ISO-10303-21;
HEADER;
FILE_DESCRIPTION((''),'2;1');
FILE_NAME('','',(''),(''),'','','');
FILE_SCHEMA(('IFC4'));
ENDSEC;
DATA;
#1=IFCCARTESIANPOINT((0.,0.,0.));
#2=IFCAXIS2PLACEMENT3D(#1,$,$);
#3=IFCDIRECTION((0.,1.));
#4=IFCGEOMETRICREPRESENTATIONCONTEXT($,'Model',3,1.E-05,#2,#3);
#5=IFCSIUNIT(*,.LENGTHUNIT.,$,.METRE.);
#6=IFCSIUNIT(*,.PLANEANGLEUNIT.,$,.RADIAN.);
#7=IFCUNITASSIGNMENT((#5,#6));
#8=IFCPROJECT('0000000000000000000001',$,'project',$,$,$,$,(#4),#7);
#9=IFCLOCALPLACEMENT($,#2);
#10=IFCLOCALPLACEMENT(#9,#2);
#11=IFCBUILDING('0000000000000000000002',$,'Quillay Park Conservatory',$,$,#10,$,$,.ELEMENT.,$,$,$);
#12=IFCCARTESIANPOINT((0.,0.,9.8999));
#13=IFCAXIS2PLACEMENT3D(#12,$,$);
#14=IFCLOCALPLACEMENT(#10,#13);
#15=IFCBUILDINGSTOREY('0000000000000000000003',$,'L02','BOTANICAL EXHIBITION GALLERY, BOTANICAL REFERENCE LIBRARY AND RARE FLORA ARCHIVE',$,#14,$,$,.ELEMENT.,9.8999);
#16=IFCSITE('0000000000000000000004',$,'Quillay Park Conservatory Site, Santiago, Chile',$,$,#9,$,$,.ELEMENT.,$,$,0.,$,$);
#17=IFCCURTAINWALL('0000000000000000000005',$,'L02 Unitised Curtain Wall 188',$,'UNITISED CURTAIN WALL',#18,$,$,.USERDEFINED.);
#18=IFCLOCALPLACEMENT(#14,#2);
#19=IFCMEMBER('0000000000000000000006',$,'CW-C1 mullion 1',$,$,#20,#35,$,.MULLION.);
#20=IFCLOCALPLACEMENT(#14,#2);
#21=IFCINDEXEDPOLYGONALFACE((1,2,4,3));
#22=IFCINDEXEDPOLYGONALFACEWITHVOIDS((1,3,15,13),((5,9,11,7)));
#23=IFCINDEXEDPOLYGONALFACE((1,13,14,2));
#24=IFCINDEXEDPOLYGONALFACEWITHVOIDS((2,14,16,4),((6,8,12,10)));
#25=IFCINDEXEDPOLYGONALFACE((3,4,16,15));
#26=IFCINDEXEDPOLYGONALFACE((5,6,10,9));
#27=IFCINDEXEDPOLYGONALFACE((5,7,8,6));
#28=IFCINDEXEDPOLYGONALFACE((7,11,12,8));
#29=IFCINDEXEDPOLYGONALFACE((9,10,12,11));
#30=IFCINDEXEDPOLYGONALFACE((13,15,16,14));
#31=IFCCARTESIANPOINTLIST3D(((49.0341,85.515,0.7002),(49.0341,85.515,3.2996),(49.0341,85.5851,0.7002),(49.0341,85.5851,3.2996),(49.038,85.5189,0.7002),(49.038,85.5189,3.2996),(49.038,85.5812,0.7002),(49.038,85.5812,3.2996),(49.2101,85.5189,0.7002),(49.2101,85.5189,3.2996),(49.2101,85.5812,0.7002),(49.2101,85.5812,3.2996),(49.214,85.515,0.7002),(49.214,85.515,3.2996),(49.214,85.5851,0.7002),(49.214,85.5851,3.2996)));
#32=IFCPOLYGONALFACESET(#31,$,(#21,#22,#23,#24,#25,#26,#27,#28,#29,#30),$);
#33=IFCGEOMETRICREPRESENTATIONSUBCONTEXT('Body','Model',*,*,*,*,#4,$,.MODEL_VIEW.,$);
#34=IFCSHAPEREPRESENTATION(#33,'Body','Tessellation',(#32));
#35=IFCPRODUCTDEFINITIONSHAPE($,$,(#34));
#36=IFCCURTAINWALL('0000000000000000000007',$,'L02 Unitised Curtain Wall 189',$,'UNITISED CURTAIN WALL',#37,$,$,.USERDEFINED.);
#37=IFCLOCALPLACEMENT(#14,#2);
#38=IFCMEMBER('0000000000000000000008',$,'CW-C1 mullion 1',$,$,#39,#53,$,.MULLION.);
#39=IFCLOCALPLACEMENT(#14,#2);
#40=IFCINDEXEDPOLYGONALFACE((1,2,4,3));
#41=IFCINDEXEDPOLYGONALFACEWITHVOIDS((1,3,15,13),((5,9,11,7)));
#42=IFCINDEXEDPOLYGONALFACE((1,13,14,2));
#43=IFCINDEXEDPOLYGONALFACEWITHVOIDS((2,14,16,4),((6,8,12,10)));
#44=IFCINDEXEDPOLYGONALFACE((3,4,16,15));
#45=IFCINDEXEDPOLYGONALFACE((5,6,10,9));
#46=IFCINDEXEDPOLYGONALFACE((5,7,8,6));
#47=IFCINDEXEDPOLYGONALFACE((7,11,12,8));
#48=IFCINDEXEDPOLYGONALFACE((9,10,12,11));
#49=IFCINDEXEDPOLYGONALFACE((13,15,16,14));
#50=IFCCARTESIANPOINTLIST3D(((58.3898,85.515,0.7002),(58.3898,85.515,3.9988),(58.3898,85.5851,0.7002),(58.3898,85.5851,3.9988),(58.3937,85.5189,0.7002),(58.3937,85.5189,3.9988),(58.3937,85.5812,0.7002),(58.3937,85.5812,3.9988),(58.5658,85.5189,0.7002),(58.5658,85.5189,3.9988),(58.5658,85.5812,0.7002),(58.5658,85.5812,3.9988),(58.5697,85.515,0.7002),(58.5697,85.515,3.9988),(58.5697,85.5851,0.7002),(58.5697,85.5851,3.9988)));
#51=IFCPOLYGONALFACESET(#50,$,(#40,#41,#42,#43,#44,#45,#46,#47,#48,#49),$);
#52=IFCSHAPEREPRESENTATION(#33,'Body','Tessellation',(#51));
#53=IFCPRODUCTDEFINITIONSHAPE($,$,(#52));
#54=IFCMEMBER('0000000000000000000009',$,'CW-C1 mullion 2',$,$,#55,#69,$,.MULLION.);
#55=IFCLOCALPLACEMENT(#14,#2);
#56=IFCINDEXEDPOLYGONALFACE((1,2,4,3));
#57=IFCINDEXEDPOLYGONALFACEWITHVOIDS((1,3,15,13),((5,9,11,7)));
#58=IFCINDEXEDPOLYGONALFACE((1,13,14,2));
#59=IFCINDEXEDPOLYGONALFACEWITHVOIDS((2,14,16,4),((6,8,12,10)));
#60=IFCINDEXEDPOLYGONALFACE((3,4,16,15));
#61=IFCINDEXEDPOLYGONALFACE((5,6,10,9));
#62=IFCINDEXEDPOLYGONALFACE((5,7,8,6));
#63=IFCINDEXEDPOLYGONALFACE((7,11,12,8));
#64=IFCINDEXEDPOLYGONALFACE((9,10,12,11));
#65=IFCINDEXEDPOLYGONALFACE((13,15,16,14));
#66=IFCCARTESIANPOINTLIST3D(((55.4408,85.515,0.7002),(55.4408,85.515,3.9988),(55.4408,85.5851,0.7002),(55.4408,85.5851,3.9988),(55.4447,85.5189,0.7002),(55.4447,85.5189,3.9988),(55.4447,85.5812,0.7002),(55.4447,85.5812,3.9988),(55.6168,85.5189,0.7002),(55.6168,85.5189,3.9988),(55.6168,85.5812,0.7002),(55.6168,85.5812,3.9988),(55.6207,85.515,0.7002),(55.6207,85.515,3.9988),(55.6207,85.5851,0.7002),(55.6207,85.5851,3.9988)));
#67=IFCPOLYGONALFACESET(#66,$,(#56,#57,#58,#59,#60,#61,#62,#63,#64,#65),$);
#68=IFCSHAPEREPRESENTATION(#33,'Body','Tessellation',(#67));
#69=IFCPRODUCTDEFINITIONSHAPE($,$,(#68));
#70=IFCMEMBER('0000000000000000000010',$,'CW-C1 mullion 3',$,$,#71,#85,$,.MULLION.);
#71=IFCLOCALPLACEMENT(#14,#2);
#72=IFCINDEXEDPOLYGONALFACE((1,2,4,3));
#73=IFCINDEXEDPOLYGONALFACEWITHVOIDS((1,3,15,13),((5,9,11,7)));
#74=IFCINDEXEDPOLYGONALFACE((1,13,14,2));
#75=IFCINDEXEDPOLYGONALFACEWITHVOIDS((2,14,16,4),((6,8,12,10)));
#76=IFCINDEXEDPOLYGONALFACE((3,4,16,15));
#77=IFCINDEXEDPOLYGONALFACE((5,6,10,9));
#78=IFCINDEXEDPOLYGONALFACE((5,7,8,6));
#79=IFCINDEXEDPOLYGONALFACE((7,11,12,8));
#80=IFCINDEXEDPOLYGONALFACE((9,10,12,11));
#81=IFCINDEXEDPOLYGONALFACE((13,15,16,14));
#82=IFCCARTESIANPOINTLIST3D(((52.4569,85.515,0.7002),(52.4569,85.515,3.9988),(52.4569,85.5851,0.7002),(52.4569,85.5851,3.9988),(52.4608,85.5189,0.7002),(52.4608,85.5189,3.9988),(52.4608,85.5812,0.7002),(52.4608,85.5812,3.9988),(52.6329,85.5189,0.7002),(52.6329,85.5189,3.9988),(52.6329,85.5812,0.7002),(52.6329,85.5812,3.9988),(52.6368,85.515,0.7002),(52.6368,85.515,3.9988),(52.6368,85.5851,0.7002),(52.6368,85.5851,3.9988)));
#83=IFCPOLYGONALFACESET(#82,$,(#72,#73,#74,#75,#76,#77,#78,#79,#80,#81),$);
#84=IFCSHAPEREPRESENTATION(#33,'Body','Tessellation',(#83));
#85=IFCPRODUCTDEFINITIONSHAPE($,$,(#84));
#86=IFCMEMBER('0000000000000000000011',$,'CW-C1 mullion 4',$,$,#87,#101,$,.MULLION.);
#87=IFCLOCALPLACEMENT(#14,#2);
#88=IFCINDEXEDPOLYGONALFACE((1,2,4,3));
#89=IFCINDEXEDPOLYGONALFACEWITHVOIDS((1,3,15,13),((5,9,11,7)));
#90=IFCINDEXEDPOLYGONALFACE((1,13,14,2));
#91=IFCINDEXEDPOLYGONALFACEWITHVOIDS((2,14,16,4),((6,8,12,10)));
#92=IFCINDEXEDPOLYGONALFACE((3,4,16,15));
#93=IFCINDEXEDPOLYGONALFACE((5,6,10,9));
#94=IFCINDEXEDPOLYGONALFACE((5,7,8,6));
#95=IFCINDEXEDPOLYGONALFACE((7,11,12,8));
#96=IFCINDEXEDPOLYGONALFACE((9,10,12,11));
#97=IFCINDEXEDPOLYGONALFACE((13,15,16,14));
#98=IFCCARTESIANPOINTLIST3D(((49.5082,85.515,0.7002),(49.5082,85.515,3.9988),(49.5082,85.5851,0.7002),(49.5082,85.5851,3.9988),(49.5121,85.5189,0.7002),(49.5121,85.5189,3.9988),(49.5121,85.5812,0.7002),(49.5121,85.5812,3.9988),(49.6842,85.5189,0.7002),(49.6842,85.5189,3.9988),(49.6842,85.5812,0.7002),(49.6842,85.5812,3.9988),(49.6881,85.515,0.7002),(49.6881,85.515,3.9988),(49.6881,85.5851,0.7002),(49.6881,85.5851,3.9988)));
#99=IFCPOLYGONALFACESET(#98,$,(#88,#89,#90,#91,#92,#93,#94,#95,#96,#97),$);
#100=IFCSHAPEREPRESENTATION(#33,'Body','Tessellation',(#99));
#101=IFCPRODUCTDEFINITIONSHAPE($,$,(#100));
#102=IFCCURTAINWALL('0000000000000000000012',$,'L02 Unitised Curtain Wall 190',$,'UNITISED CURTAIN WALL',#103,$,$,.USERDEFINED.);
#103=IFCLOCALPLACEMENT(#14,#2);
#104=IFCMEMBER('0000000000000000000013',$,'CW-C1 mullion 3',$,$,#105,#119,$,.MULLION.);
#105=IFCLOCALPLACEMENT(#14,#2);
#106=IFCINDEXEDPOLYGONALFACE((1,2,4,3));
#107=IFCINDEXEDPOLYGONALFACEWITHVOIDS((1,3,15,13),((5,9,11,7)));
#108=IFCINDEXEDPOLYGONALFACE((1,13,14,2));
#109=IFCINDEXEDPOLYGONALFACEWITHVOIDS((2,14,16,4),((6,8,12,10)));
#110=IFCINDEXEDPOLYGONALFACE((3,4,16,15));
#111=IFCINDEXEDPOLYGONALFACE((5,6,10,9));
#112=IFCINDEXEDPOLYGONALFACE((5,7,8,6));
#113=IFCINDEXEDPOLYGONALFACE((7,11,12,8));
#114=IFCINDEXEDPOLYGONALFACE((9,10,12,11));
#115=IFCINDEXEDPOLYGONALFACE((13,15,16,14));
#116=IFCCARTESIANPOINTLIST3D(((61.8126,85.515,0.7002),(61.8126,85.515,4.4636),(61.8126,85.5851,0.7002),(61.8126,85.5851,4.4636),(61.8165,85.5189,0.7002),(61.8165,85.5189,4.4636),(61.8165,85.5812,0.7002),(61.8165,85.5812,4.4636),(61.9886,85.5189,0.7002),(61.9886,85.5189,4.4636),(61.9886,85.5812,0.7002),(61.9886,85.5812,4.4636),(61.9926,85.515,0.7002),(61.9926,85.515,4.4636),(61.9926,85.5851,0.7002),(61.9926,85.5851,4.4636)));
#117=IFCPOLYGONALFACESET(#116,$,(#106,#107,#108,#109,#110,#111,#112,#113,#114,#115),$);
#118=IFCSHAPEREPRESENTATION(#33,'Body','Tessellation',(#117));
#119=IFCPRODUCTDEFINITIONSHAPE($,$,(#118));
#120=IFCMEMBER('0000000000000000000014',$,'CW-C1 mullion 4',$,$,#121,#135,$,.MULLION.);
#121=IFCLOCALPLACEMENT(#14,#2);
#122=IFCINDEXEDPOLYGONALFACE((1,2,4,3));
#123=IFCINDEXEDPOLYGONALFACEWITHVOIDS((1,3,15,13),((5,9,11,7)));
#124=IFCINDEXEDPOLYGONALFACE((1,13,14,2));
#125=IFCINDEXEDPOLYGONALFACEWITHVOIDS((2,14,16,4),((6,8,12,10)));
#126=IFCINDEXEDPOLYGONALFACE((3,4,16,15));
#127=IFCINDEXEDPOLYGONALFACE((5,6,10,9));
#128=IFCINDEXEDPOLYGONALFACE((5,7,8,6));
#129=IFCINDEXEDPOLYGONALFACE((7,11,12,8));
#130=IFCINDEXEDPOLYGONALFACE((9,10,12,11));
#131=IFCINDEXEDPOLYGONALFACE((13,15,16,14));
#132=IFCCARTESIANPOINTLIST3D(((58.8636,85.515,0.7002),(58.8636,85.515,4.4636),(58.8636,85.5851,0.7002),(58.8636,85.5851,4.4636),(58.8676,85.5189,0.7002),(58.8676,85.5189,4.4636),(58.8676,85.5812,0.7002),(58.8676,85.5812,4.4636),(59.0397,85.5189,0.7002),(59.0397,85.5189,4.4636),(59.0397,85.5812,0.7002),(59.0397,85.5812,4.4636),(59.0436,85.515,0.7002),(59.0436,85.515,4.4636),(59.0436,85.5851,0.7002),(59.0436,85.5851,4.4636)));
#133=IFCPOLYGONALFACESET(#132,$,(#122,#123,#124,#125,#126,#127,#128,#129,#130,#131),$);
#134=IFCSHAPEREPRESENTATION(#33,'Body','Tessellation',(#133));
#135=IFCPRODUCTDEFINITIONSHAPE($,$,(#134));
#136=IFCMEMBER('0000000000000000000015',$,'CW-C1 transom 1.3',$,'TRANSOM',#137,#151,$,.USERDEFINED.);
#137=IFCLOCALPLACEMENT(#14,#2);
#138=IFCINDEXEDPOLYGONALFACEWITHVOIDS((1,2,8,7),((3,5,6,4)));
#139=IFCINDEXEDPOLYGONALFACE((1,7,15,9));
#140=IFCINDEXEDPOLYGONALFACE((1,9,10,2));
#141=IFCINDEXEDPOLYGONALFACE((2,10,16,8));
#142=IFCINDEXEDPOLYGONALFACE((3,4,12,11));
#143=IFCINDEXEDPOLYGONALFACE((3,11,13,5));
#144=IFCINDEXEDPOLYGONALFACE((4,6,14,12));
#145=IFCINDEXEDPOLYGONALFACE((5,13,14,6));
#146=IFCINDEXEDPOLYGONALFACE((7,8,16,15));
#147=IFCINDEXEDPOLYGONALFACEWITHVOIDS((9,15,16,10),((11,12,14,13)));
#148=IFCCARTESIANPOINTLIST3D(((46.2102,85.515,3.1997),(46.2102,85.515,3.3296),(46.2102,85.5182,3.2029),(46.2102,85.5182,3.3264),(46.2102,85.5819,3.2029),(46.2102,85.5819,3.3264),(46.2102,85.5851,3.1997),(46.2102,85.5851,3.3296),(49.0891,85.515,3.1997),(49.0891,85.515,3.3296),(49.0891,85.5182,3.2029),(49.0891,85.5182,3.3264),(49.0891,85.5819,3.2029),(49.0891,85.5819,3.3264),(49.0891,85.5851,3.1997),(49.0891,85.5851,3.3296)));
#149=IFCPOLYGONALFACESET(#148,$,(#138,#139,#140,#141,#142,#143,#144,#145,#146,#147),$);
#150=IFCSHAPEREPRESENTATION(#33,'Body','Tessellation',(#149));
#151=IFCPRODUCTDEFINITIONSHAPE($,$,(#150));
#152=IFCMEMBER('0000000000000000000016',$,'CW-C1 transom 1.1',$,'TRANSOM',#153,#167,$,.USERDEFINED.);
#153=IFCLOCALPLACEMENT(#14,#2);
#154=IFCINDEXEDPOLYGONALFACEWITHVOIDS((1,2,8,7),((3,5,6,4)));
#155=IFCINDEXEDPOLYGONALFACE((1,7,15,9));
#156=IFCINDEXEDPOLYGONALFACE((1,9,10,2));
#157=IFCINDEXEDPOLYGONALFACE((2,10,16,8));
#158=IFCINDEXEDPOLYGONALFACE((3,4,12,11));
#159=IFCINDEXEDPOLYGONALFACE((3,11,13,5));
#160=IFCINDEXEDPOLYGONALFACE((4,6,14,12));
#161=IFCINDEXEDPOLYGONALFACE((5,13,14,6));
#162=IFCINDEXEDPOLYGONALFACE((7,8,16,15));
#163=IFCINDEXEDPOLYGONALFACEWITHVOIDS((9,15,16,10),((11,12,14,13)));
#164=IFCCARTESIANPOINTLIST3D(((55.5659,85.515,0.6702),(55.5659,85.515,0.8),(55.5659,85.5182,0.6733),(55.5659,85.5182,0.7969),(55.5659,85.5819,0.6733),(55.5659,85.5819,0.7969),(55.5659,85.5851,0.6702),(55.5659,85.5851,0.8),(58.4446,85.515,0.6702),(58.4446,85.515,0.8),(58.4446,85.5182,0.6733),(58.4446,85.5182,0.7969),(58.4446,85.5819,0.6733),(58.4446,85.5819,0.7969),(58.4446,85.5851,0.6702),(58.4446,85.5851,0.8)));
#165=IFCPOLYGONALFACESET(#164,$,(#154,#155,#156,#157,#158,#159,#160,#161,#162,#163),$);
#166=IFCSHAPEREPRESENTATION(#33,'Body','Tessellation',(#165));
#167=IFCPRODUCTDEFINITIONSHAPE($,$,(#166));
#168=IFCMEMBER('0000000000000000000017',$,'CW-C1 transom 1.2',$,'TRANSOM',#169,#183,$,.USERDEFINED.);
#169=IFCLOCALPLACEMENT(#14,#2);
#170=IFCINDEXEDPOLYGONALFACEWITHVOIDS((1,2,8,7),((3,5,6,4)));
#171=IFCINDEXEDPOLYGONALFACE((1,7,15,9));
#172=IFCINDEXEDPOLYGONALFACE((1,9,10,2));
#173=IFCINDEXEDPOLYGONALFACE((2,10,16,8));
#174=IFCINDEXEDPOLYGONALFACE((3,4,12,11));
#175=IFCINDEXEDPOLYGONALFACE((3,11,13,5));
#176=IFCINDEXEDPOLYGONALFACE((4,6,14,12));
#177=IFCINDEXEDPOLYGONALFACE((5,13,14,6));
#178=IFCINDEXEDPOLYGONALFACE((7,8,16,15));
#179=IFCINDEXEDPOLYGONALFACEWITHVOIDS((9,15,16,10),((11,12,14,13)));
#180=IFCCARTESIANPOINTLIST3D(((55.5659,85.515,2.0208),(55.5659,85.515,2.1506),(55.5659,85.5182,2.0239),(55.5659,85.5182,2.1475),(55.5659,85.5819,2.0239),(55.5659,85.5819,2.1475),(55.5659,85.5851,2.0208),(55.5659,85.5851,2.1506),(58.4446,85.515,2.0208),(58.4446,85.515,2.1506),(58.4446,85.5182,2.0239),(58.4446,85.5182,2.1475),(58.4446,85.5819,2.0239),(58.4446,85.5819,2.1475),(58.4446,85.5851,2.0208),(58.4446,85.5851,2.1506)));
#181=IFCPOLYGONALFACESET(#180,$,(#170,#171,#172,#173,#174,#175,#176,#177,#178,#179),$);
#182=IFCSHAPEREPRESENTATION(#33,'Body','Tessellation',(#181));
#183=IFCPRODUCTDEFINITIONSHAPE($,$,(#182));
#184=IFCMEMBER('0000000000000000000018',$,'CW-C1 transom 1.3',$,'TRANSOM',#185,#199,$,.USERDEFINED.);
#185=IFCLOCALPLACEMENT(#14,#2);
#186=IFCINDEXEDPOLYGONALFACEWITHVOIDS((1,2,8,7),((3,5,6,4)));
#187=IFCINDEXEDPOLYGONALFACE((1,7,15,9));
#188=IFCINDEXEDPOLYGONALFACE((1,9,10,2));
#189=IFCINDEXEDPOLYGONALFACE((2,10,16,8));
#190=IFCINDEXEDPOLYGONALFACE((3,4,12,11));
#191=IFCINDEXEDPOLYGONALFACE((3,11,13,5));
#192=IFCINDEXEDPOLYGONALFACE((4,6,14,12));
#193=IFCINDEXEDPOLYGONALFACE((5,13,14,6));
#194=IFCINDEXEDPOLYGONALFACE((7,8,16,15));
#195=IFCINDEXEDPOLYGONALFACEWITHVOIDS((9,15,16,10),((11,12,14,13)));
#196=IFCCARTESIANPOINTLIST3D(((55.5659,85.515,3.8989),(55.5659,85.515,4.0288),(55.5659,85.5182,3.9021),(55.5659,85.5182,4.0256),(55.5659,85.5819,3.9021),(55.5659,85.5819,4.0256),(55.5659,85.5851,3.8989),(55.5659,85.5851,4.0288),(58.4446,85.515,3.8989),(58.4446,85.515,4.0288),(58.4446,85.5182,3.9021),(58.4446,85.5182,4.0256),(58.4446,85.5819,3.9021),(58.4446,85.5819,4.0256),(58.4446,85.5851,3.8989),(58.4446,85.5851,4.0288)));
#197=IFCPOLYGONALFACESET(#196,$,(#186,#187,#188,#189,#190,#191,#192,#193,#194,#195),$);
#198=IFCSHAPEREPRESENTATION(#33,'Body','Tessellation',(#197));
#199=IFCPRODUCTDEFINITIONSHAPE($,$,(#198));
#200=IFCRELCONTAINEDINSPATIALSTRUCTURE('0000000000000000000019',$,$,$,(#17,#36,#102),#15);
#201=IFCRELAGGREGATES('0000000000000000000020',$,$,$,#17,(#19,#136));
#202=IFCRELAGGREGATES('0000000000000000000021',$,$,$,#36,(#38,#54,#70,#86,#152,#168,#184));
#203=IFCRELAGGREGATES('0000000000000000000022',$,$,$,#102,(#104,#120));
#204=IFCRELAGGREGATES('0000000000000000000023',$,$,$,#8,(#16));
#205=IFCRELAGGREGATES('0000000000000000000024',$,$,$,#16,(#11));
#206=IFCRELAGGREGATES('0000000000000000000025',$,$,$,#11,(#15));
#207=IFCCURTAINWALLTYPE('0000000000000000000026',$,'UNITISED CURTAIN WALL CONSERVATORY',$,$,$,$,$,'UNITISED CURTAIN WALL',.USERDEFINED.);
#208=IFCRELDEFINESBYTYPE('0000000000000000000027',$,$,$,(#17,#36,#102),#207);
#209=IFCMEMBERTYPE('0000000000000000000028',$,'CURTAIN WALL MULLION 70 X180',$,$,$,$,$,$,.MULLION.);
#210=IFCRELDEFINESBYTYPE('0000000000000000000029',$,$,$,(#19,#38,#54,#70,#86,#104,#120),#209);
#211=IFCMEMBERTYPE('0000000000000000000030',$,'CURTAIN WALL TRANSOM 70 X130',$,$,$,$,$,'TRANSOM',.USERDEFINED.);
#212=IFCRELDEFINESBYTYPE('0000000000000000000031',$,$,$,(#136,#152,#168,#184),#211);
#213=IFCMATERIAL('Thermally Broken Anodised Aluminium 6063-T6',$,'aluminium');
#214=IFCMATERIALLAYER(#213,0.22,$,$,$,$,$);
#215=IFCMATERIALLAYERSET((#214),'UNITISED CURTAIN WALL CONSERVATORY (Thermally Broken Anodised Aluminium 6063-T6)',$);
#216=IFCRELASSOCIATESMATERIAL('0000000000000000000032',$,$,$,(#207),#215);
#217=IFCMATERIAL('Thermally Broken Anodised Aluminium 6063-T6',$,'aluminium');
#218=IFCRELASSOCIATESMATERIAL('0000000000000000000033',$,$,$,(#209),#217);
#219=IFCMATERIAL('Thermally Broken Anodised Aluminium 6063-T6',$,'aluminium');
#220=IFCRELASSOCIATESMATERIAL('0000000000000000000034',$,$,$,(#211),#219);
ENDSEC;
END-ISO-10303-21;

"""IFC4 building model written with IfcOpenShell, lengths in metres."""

from ifc_helpers import new_model, si_unit, direction, frame, origin, origin_2d, place, context, subcontext, project, spatial, hollow_rectangle, extrude, material, layer, layer_set, material_profile, profile_set, type_object, element, aggregate, save


model = new_model("IFC4")

# Units and contexts
model_context = context("Model", 3, precision=1e-05, world=origin(), true_north=direction((0.0, 1.0)))
body_context = subcontext(model_context, "Body", "Model", "MODEL_VIEW")
ifc_project = project(units=[si_unit("LENGTHUNIT", "METRE"), si_unit("PLANEANGLEUNIT", "RADIAN")], contexts=[model_context])

# Site, building, storey
site_placement = place(None, origin())
site = spatial("IfcSite", under=ifc_project, at=site_placement, Name="Quillay Park Conservatory Site, Santiago, Chile", CompositionType="ELEMENT", RefElevation=0.0)
building_placement = place(site_placement, origin())
building = spatial("IfcBuilding", under=site, at=building_placement, Name="Quillay Park Conservatory", CompositionType="ELEMENT")
storey_placement = place(building_placement, frame((0.0, 0.0, 9.8999)))
storey = spatial("IfcBuildingStorey", under=building, at=storey_placement, Name="L02", Description="BOTANICAL EXHIBITION GALLERY, BOTANICAL REFERENCE LIBRARY AND RARE FLORA ARCHIVE", CompositionType="ELEMENT", Elevation=9.8999)

# Curtain wall, member
ifc_material_1 = material(Name="Thermally Broken Anodised Aluminium 6063-T6", Category="aluminium")
ifc_layer_1 = layer(ifc_material_1, 0.22)
ifc_layer_set_1 = layer_set([ifc_layer_1], Name="UNITISED CURTAIN WALL CONSERVATORY (Thermally Broken Anodised Aluminium 6063-T6)")
curtain_wall_type = type_object("IfcCurtainWallType", Name="UNITISED CURTAIN WALL CONSERVATORY", ElementType="UNITISED CURTAIN WALL", PredefinedType="USERDEFINED", material=ifc_layer_set_1)
curtain_wall_1_placement = place(storey_placement, origin())
curtain_wall_1 = element("IfcCurtainWall", 1, at=curtain_wall_1_placement, inside=storey, type_object=curtain_wall_type, Name="L02 Unitised Curtain Wall 188", ObjectType="UNITISED CURTAIN WALL", PredefinedType="USERDEFINED")
ifc_material_2 = material(Name="Thermally Broken Anodised Aluminium 6063-T6", Category="aluminium")
ifc_material_profile_1 = material_profile(ifc_material_2, hollow_rectangle(XDim=0.0701, YDim=0.1799, WallThickness=0.0039, at=origin_2d()), Name="AL70x180x4")
ifc_profile_set_1 = profile_set([ifc_material_profile_1], Name="Thermally Broken Anodised Aluminium 6063-T6")
member_type_1 = type_object("IfcMemberType", Name="CURTAIN WALL MULLION 70 X180", PredefinedType="MULLION", material=ifc_profile_set_1)
member_1_placement = place(storey_placement, frame((49.124, 85.55, 0.7002), z_axis=(0.0, 0.0, 1.0), x_axis=(0.0, -1.0, 0.0)))
member_1 = element("IfcMember", 2, at=member_1_placement, type_object=member_type_1, Name="CW-C1 mullion 1", PredefinedType="MULLION", context=body_context, shape_type="SweptSolid", body=[
    extrude(hollow_rectangle(XDim=0.0701, YDim=0.1799, WallThickness=0.0039, at=origin_2d()), origin(), (0.0, 0.0, 1.0), 2.5994),
])

# Curtain walls, members
curtain_wall_2_placement = place(storey_placement, origin())
curtain_wall_2 = element("IfcCurtainWall", 3, at=curtain_wall_2_placement, inside=storey, type_object=curtain_wall_type, Name="L02 Unitised Curtain Wall 189", ObjectType="UNITISED CURTAIN WALL", PredefinedType="USERDEFINED")
member_2_placement = place(storey_placement, frame((58.4797, 85.55, 0.7002), z_axis=(0.0, 0.0, 1.0), x_axis=(0.0, -1.0, 0.0)))
member_2 = element("IfcMember", 4, at=member_2_placement, type_object=member_type_1, Name="CW-C1 mullion 1", PredefinedType="MULLION", context=body_context, shape_type="SweptSolid", body=[
    extrude(hollow_rectangle(XDim=0.0701, YDim=0.1799, WallThickness=0.0039, at=origin_2d()), origin(), (0.0, 0.0, 1.0), 3.2986),
])
member_3_placement = place(storey_placement, frame((55.5308, 85.55, 0.7002), z_axis=(0.0, 0.0, 1.0), x_axis=(0.0, -1.0, 0.0)))
member_3 = element("IfcMember", 5, at=member_3_placement, type_object=member_type_1, Name="CW-C1 mullion 2", PredefinedType="MULLION", context=body_context, shape_type="SweptSolid", body=[
    extrude(hollow_rectangle(XDim=0.0701, YDim=0.1799, WallThickness=0.0039, at=origin_2d()), origin(), (0.0, 0.0, 1.0), 3.2986),
])
member_4_placement = place(storey_placement, frame((52.5469, 85.55, 0.7002), z_axis=(0.0, 0.0, 1.0), x_axis=(0.0, -1.0, 0.0)))
member_4 = element("IfcMember", 6, at=member_4_placement, type_object=member_type_1, Name="CW-C1 mullion 3", PredefinedType="MULLION", context=body_context, shape_type="SweptSolid", body=[
    extrude(hollow_rectangle(XDim=0.0701, YDim=0.1799, WallThickness=0.0039, at=origin_2d()), origin(), (0.0, 0.0, 1.0), 3.2986),
])
member_5_placement = place(storey_placement, frame((49.5981, 85.55, 0.7002), z_axis=(0.0, 0.0, 1.0), x_axis=(0.0, -1.0, 0.0)))
member_5 = element("IfcMember", 7, at=member_5_placement, type_object=member_type_1, Name="CW-C1 mullion 4", PredefinedType="MULLION", context=body_context, shape_type="SweptSolid", body=[
    extrude(hollow_rectangle(XDim=0.0701, YDim=0.1799, WallThickness=0.0039, at=origin_2d()), origin(), (0.0, 0.0, 1.0), 3.2986),
])
curtain_wall_3_placement = place(storey_placement, origin())
curtain_wall_3 = element("IfcCurtainWall", 8, at=curtain_wall_3_placement, inside=storey, type_object=curtain_wall_type, Name="L02 Unitised Curtain Wall 190", ObjectType="UNITISED CURTAIN WALL", PredefinedType="USERDEFINED")
member_6_placement = place(storey_placement, frame((61.9026, 85.55, 0.7002), z_axis=(0.0, 0.0, 1.0), x_axis=(0.0, -1.0, 0.0)))
member_6 = element("IfcMember", 9, at=member_6_placement, type_object=member_type_1, Name="CW-C1 mullion 3", PredefinedType="MULLION", context=body_context, shape_type="SweptSolid", body=[
    extrude(hollow_rectangle(XDim=0.0701, YDim=0.1799, WallThickness=0.0039, at=origin_2d()), origin(), (0.0, 0.0, 1.0), 3.7634),
])
member_7_placement = place(storey_placement, frame((58.9536, 85.55, 0.7002), z_axis=(0.0, 0.0, 1.0), x_axis=(0.0, -1.0, 0.0)))
member_7 = element("IfcMember", 10, at=member_7_placement, type_object=member_type_1, Name="CW-C1 mullion 4", PredefinedType="MULLION", context=body_context, shape_type="SweptSolid", body=[
    extrude(hollow_rectangle(XDim=0.0701, YDim=0.1799, WallThickness=0.0039, at=origin_2d()), origin(), (0.0, 0.0, 1.0), 3.7634),
])

# Members
ifc_material_3 = material(Name="Thermally Broken Anodised Aluminium 6063-T6", Category="aluminium")
ifc_material_profile_2 = material_profile(ifc_material_3, hollow_rectangle(XDim=0.0701, YDim=0.1299, WallThickness=0.0032, at=origin_2d()), Name="AL70x130x3.2")
ifc_profile_set_2 = profile_set([ifc_material_profile_2], Name="Thermally Broken Anodised Aluminium 6063-T6")
member_type_2 = type_object("IfcMemberType", Name="CURTAIN WALL TRANSOM 70 X130", ElementType="TRANSOM", PredefinedType="USERDEFINED", material=ifc_profile_set_2)
member_8_placement = place(storey_placement, frame((49.0891, 85.55, 3.2646), z_axis=(-1.0, 0.0, 0.0), x_axis=(0.0, -1.0, 0.0)))
member_8 = element("IfcMember", 11, at=member_8_placement, type_object=member_type_2, Name="CW-C1 transom 1.3", ObjectType="TRANSOM", PredefinedType="USERDEFINED", context=body_context, shape_type="SweptSolid", body=[
    extrude(hollow_rectangle(XDim=0.0701, YDim=0.1299, WallThickness=0.0032, at=origin_2d()), origin(), (0.0, 0.0, 1.0), 2.8789),
])
aggregate(curtain_wall_1, [member_1, member_8])
member_9_placement = place(storey_placement, frame((58.4446, 85.55, 0.7351), z_axis=(-1.0, 0.0, 0.0), x_axis=(0.0, -1.0, 0.0)))
member_9 = element("IfcMember", 12, at=member_9_placement, type_object=member_type_2, Name="CW-C1 transom 1.1", ObjectType="TRANSOM", PredefinedType="USERDEFINED", context=body_context, shape_type="SweptSolid", body=[
    extrude(hollow_rectangle(XDim=0.0701, YDim=0.1299, WallThickness=0.0032, at=origin_2d()), origin(), (0.0, 0.0, 1.0), 2.8787),
])
member_10_placement = place(storey_placement, frame((58.4446, 85.55, 2.0857), z_axis=(-1.0, 0.0, 0.0), x_axis=(0.0, -1.0, 0.0)))
member_10 = element("IfcMember", 13, at=member_10_placement, type_object=member_type_2, Name="CW-C1 transom 1.2", ObjectType="TRANSOM", PredefinedType="USERDEFINED", context=body_context, shape_type="SweptSolid", body=[
    extrude(hollow_rectangle(XDim=0.0701, YDim=0.1299, WallThickness=0.0032, at=origin_2d()), origin(), (0.0, 0.0, 1.0), 2.8787),
])
member_11_placement = place(storey_placement, frame((58.4446, 85.55, 3.9639), z_axis=(-1.0, 0.0, 0.0), x_axis=(0.0, -1.0, 0.0)))
member_11 = element("IfcMember", 14, at=member_11_placement, type_object=member_type_2, Name="CW-C1 transom 1.3", ObjectType="TRANSOM", PredefinedType="USERDEFINED", context=body_context, shape_type="SweptSolid", body=[
    extrude(hollow_rectangle(XDim=0.0701, YDim=0.1299, WallThickness=0.0032, at=origin_2d()), origin(), (0.0, 0.0, 1.0), 2.8787),
])

aggregate(curtain_wall_2, [member_2, member_3, member_4, member_5, member_9, member_10, member_11])
aggregate(curtain_wall_3, [member_6, member_7])

save(model, "model.ifc")
